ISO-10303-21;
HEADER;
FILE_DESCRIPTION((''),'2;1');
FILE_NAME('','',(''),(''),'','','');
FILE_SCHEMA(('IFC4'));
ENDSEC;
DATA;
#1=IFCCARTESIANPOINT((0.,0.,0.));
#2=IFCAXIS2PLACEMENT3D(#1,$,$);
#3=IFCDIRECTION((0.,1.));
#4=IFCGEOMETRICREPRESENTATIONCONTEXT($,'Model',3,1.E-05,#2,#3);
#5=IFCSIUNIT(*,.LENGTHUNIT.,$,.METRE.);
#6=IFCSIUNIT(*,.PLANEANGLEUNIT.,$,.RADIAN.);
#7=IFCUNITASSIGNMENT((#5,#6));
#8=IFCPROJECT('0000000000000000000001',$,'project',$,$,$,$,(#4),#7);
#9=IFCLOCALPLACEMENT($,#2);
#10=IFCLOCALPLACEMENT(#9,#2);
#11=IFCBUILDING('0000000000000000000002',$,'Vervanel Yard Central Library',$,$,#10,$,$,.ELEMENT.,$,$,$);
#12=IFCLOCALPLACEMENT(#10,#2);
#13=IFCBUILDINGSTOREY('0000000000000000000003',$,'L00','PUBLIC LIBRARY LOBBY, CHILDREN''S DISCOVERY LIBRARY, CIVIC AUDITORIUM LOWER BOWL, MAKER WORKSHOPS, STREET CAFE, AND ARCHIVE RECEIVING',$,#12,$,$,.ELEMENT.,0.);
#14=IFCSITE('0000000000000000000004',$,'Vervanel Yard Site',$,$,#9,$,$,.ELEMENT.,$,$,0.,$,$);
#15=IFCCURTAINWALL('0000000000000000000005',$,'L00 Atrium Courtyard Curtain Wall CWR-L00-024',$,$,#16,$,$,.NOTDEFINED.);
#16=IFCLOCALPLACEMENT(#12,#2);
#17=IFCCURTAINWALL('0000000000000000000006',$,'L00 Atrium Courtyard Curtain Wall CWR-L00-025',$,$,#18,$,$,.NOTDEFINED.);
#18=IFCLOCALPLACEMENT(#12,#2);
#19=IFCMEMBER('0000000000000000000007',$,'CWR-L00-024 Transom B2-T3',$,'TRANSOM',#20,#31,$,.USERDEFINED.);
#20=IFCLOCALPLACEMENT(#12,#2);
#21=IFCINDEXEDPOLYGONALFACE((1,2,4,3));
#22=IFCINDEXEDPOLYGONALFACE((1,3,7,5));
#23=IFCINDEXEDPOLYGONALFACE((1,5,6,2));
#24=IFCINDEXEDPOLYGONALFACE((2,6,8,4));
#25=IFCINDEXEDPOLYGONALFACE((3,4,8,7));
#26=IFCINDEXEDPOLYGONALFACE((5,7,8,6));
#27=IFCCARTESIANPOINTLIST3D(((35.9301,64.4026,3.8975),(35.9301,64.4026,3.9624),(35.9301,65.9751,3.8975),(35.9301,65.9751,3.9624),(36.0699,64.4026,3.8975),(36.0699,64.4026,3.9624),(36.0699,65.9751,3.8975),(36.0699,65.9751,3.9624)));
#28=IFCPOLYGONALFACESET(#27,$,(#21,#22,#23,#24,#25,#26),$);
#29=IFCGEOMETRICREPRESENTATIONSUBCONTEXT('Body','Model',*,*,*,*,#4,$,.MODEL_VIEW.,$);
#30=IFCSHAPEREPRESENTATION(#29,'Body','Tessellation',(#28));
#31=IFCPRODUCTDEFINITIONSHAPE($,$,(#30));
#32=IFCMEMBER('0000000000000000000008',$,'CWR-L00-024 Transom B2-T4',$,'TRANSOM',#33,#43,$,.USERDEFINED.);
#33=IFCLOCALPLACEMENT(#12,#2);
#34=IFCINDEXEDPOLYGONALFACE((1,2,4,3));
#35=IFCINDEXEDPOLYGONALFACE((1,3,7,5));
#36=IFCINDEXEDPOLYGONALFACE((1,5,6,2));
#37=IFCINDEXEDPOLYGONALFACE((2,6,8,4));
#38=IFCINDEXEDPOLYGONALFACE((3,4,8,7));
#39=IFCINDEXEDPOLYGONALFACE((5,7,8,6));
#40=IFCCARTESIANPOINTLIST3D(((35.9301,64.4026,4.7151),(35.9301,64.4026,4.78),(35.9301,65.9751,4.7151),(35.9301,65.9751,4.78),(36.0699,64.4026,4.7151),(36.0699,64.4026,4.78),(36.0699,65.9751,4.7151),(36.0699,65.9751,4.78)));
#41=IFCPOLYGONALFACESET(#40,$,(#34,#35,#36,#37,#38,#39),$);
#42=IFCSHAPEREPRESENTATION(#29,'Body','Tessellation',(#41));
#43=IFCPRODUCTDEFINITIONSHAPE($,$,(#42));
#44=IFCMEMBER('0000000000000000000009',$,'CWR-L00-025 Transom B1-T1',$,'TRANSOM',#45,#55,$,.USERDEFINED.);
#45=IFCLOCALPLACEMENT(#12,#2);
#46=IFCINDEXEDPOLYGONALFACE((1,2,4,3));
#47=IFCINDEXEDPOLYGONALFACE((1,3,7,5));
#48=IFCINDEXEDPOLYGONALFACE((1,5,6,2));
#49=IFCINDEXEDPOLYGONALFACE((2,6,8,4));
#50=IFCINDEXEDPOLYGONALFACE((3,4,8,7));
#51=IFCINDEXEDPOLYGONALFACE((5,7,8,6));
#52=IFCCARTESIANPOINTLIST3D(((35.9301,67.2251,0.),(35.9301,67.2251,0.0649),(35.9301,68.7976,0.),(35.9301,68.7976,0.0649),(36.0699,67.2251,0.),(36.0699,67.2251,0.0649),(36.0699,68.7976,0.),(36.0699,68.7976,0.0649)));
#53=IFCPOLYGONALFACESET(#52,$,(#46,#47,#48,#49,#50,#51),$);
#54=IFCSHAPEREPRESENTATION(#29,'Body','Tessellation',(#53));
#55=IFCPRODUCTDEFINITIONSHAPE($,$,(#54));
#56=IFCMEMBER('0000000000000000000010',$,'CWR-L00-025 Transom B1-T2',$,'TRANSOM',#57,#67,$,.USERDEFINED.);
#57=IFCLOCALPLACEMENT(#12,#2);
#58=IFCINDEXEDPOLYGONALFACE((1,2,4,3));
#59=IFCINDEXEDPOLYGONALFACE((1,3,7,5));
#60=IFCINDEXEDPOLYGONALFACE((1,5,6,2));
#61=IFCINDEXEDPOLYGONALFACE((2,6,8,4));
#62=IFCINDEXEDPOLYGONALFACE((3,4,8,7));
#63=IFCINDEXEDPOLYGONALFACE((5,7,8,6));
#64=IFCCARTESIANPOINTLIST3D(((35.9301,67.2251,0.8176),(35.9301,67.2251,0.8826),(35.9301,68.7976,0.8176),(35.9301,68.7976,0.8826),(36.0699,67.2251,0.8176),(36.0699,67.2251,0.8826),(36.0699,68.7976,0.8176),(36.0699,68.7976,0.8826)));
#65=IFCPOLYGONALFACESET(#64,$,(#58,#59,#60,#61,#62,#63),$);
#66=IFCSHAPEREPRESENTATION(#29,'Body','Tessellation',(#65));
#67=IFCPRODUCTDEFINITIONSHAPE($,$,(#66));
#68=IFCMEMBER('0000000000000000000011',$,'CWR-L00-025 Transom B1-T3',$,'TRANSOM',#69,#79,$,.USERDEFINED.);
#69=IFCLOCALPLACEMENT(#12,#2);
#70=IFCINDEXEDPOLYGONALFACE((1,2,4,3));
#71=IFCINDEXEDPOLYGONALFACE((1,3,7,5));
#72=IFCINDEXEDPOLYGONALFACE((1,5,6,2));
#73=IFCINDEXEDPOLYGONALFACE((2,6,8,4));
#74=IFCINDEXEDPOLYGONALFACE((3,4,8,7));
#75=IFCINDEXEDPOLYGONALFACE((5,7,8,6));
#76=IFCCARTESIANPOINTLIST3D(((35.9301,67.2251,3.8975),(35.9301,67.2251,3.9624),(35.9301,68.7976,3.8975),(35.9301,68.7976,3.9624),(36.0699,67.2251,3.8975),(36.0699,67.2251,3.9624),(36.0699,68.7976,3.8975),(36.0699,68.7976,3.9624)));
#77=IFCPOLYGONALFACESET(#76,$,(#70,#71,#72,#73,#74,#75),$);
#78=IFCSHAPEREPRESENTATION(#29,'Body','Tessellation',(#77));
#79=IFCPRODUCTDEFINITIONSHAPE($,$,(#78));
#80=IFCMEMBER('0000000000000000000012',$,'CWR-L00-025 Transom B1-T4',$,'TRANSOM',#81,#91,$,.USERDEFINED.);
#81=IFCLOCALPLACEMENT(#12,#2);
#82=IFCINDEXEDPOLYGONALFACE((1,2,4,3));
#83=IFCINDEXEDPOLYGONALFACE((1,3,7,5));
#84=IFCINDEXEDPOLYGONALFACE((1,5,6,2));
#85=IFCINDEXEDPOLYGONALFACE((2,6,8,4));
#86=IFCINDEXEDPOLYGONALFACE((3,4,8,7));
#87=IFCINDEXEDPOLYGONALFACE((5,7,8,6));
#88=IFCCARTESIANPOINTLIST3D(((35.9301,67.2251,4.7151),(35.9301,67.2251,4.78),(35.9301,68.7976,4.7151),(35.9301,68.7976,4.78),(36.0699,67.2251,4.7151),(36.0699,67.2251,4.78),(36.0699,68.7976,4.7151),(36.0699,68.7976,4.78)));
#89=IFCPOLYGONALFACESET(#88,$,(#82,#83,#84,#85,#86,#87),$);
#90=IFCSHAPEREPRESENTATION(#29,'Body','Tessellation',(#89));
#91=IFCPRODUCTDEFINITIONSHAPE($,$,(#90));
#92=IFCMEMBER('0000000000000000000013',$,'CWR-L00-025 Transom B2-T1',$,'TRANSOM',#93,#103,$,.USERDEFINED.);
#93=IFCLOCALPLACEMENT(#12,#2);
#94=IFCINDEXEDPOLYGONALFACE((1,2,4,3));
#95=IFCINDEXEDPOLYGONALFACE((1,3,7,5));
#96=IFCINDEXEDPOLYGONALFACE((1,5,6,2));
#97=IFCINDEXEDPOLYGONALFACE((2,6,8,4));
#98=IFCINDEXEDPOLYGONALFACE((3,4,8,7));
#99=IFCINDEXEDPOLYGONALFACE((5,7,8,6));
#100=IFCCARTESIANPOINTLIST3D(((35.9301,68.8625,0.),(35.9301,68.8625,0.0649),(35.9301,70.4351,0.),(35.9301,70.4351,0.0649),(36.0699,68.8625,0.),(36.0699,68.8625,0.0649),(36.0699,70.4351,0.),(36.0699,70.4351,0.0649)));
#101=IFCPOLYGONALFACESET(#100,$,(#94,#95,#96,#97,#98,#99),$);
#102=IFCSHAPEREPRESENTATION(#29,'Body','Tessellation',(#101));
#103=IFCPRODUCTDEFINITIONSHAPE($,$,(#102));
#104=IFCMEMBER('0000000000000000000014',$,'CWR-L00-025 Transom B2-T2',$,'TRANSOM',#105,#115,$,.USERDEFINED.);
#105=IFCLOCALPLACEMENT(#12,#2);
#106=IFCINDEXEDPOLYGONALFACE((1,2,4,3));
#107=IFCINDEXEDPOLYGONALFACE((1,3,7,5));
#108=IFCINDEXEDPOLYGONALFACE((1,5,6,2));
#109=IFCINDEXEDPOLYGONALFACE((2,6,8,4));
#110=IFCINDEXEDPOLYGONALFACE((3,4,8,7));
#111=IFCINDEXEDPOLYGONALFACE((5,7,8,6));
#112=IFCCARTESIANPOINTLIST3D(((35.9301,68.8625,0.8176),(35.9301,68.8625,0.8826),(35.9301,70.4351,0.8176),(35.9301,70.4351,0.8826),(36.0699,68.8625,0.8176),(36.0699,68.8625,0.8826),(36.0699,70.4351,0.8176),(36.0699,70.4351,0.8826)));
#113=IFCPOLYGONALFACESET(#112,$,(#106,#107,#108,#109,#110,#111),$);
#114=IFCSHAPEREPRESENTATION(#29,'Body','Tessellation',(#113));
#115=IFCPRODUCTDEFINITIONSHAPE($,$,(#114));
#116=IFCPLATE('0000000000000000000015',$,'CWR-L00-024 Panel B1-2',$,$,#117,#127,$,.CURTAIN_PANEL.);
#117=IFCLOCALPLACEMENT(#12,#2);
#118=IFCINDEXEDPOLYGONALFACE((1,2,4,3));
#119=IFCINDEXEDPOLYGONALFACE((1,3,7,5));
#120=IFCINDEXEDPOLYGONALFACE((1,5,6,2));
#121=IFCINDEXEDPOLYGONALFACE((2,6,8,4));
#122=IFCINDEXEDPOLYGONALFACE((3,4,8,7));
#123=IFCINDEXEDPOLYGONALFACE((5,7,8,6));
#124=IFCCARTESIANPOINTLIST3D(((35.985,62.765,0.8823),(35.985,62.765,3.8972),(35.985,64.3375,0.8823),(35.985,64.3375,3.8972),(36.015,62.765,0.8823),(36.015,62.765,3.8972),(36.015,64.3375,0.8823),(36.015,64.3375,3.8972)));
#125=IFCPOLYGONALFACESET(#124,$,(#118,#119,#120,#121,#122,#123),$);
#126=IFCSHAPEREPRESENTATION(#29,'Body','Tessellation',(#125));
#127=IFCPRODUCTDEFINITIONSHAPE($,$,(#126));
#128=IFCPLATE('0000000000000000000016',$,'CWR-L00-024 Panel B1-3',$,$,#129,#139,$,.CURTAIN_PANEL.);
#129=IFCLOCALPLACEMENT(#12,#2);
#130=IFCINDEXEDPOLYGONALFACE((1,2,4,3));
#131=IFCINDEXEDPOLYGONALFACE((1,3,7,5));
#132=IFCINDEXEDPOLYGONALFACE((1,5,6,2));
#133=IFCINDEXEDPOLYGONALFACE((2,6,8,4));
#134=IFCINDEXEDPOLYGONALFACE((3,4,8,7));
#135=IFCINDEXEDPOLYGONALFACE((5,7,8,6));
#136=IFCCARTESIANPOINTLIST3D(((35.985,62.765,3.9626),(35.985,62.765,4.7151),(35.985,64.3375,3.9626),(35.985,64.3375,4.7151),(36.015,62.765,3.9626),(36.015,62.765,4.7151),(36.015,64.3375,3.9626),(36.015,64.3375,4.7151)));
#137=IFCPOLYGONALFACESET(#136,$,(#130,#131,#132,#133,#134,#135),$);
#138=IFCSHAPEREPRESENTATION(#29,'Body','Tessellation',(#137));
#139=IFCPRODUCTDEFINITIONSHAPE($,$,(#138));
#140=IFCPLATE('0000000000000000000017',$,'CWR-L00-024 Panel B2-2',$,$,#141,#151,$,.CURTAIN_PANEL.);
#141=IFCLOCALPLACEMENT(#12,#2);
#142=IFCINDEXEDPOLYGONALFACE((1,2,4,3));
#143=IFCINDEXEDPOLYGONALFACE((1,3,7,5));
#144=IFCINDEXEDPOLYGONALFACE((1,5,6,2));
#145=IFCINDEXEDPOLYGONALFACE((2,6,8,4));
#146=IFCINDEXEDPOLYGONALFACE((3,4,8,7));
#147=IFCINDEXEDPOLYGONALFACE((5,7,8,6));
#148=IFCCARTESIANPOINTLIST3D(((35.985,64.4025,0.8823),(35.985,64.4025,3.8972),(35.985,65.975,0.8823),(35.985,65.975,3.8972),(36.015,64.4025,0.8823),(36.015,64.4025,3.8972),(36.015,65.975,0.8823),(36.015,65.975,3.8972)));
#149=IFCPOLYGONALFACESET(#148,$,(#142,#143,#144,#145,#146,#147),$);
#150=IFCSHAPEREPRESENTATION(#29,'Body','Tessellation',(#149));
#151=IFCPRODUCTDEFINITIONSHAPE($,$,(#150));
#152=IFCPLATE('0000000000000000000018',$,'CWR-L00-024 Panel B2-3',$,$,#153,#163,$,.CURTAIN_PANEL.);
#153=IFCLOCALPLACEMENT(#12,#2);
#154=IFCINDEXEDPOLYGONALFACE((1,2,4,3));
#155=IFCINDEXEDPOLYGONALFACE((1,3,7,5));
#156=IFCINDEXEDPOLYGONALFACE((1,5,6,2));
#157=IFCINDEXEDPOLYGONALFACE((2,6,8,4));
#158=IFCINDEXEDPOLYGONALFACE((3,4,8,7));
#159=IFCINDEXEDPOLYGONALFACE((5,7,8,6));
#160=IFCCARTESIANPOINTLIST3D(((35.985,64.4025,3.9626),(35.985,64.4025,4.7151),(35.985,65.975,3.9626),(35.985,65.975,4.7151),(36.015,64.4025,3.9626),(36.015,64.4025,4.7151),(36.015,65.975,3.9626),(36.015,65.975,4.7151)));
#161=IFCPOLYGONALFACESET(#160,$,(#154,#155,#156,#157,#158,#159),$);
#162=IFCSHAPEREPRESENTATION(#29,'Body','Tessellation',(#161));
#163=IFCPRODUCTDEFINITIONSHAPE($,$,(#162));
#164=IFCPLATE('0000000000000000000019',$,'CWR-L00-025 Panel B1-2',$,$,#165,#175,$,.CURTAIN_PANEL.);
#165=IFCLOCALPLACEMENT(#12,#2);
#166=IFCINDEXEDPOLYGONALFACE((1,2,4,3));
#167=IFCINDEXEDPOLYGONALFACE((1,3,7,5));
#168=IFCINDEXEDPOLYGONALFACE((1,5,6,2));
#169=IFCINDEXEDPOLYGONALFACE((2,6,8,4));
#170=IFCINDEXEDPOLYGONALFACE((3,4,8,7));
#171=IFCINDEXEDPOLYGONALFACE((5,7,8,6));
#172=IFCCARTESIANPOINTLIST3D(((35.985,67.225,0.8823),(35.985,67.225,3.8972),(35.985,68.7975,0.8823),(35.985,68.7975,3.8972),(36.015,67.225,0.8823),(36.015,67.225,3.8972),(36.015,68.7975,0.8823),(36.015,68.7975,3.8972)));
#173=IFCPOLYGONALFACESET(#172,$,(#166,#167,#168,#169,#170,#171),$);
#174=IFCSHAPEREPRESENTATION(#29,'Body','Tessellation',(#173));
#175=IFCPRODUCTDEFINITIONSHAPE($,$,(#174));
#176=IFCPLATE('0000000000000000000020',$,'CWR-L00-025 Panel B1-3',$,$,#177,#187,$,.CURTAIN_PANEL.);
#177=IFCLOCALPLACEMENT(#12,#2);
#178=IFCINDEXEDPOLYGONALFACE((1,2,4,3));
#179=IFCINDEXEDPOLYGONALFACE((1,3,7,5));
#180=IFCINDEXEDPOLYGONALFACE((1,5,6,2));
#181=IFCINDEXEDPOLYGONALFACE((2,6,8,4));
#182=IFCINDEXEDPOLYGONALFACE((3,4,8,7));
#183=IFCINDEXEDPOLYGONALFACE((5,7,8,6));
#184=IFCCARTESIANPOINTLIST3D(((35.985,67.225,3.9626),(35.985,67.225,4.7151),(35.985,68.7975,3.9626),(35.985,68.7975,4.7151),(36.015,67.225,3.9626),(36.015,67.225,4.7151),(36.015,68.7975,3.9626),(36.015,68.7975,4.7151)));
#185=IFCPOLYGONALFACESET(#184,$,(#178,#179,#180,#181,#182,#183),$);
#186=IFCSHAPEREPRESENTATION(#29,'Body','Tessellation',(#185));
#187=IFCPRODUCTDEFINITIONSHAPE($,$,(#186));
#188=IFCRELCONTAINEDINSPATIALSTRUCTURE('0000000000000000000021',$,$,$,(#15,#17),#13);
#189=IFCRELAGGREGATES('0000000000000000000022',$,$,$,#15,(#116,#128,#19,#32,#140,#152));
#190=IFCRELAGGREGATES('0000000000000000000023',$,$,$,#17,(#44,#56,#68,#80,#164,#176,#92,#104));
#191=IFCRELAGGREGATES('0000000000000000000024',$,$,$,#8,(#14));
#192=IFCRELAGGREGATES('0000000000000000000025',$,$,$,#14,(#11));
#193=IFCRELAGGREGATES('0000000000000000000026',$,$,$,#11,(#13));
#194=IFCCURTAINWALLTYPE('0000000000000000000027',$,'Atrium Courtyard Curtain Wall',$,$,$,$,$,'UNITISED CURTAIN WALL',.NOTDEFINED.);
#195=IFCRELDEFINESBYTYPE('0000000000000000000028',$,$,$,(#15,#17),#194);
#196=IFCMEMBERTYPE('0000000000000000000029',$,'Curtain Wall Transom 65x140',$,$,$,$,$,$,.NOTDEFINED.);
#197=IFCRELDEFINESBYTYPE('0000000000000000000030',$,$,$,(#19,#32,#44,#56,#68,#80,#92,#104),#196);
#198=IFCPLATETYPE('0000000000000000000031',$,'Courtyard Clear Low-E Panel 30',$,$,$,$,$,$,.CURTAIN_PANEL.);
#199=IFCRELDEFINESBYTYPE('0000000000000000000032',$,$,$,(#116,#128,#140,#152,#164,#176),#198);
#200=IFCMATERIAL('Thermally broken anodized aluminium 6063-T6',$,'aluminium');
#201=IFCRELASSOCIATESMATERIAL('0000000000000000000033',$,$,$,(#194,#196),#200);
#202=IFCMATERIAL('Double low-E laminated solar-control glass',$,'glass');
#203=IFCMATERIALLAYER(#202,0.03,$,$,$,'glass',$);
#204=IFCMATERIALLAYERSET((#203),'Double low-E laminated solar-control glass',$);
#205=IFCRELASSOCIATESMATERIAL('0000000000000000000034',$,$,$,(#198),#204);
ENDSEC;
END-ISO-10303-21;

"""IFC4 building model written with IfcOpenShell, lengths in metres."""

from ifc_helpers import new_model, si_unit, direction, frame, origin, origin_2d, place, context, subcontext, project, spatial, rectangle, extrude, material, layer, layer_set, material_profile, profile_set, type_object, element, aggregate, save


model = new_model("IFC4")

# Units and contexts
model_context = context("Model", 3, precision=1e-05, world=origin(), true_north=direction((0.0, 1.0)))
body_context = subcontext(model_context, "Body", "Model", "MODEL_VIEW")
ifc_project = project(units=[si_unit("LENGTHUNIT", "METRE"), si_unit("PLANEANGLEUNIT", "RADIAN")], contexts=[model_context])

# Site, building, storey
site_placement = place(None, origin())
site = spatial("IfcSite", under=ifc_project, at=site_placement, Name="Vervanel Yard Site", CompositionType="ELEMENT", RefElevation=0.0)
building_placement = place(site_placement, origin())
building = spatial("IfcBuilding", under=site, at=building_placement, Name="Vervanel Yard Central Library", CompositionType="ELEMENT")
storey_placement = place(building_placement, origin())
storey = spatial("IfcBuildingStorey", under=building, at=storey_placement, Name="L00", Description="PUBLIC LIBRARY LOBBY, CHILDREN'S DISCOVERY LIBRARY, CIVIC AUDITORIUM LOWER BOWL, MAKER WORKSHOPS, STREET CAFE, AND ARCHIVE RECEIVING", CompositionType="ELEMENT", Elevation=0.0)

# Curtain walls
ifc_material_1 = material(Name="Thermally broken anodized aluminium 6063-T6", Category="aluminium")
curtain_wall_type = type_object("IfcCurtainWallType", Name="Atrium Courtyard Curtain Wall", ElementType="UNITISED CURTAIN WALL", PredefinedType="NOTDEFINED", material=ifc_material_1)
curtain_wall_1_placement = place(storey_placement, origin())
curtain_wall_1 = element("IfcCurtainWall", 1, at=curtain_wall_1_placement, inside=storey, type_object=curtain_wall_type, Name="L00 Atrium Courtyard Curtain Wall CWR-L00-024", PredefinedType="NOTDEFINED")
curtain_wall_2_placement = place(storey_placement, origin())
curtain_wall_2 = element("IfcCurtainWall", 2, at=curtain_wall_2_placement, inside=storey, type_object=curtain_wall_type, Name="L00 Atrium Courtyard Curtain Wall CWR-L00-025", PredefinedType="NOTDEFINED")

# Members
ifc_material_profile_1 = material_profile(ifc_material_1, rectangle(XDim=0.0649, YDim=0.1399, at=origin_2d()), Name="ALU 65x140", Category="aluminium")
ifc_profile_set_1 = profile_set([ifc_material_profile_1], Name="Thermally broken anodized aluminium 6063-T6")
member_type_1 = type_object("IfcMemberType", Name="Curtain Wall Transom 65x140", PredefinedType="NOTDEFINED", material=ifc_profile_set_1)
member_1_placement = place(storey_placement, frame((36.0, 64.4026, 3.9299), z_axis=(0.0, 1.0, 0.0), x_axis=(0.0, 0.0, 1.0)))
member_1 = element("IfcMember", 3, at=member_1_placement, type_object=member_type_1, Name="CWR-L00-024 Transom B2-T3", ObjectType="TRANSOM", PredefinedType="USERDEFINED", context=body_context, shape_type="SweptSolid", body=[
    extrude(rectangle(XDim=0.0649, YDim=0.1399, at=origin_2d()), origin(), (0.0, 0.0, 1.0), 1.5725),
])
member_2_placement = place(storey_placement, frame((36.0, 64.4026, 4.7476), z_axis=(0.0, 1.0, 0.0), x_axis=(0.0, 0.0, 1.0)))
member_2 = element("IfcMember", 4, at=member_2_placement, type_object=member_type_1, Name="CWR-L00-024 Transom B2-T4", ObjectType="TRANSOM", PredefinedType="USERDEFINED", context=body_context, shape_type="SweptSolid", body=[
    extrude(rectangle(XDim=0.0649, YDim=0.1399, at=origin_2d()), origin(), (0.0, 0.0, 1.0), 1.5725),
])
member_3_placement = place(storey_placement, frame((36.0, 67.2251, 0.0325), z_axis=(0.0, 1.0, 0.0), x_axis=(0.0, 0.0, 1.0)))
member_3 = element("IfcMember", 5, at=member_3_placement, type_object=member_type_1, Name="CWR-L00-025 Transom B1-T1", ObjectType="TRANSOM", PredefinedType="USERDEFINED", context=body_context, shape_type="SweptSolid", body=[
    extrude(rectangle(XDim=0.0649, YDim=0.1399, at=origin_2d()), origin(), (0.0, 0.0, 1.0), 1.5725),
])
member_4_placement = place(storey_placement, frame((36.0, 67.2251, 0.8501), z_axis=(0.0, 1.0, 0.0), x_axis=(0.0, 0.0, 1.0)))
member_4 = element("IfcMember", 6, at=member_4_placement, type_object=member_type_1, Name="CWR-L00-025 Transom B1-T2", ObjectType="TRANSOM", PredefinedType="USERDEFINED", context=body_context, shape_type="SweptSolid", body=[
    extrude(rectangle(XDim=0.0649, YDim=0.1399, at=origin_2d()), origin(), (0.0, 0.0, 1.0), 1.5725),
])
member_5_placement = place(storey_placement, frame((36.0, 67.2251, 3.9299), z_axis=(0.0, 1.0, 0.0), x_axis=(0.0, 0.0, 1.0)))
member_5 = element("IfcMember", 7, at=member_5_placement, type_object=member_type_1, Name="CWR-L00-025 Transom B1-T3", ObjectType="TRANSOM", PredefinedType="USERDEFINED", context=body_context, shape_type="SweptSolid", body=[
    extrude(rectangle(XDim=0.0649, YDim=0.1399, at=origin_2d()), origin(), (0.0, 0.0, 1.0), 1.5725),
])
member_6_placement = place(storey_placement, frame((36.0, 67.2251, 4.7476), z_axis=(0.0, 1.0, 0.0), x_axis=(0.0, 0.0, 1.0)))
member_6 = element("IfcMember", 8, at=member_6_placement, type_object=member_type_1, Name="CWR-L00-025 Transom B1-T4", ObjectType="TRANSOM", PredefinedType="USERDEFINED", context=body_context, shape_type="SweptSolid", body=[
    extrude(rectangle(XDim=0.0649, YDim=0.1399, at=origin_2d()), origin(), (0.0, 0.0, 1.0), 1.5725),
])
member_7_placement = place(storey_placement, frame((36.0, 68.8625, 0.0325), z_axis=(0.0, 1.0, 0.0), x_axis=(0.0, 0.0, 1.0)))
member_7 = element("IfcMember", 9, at=member_7_placement, type_object=member_type_1, Name="CWR-L00-025 Transom B2-T1", ObjectType="TRANSOM", PredefinedType="USERDEFINED", context=body_context, shape_type="SweptSolid", body=[
    extrude(rectangle(XDim=0.0649, YDim=0.1399, at=origin_2d()), origin(), (0.0, 0.0, 1.0), 1.5725),
])
member_8_placement = place(storey_placement, frame((36.0, 68.8625, 0.8501), z_axis=(0.0, 1.0, 0.0), x_axis=(0.0, 0.0, 1.0)))
member_8 = element("IfcMember", 10, at=member_8_placement, type_object=member_type_1, Name="CWR-L00-025 Transom B2-T2", ObjectType="TRANSOM", PredefinedType="USERDEFINED", context=body_context, shape_type="SweptSolid", body=[
    extrude(rectangle(XDim=0.0649, YDim=0.1399, at=origin_2d()), origin(), (0.0, 0.0, 1.0), 1.5725),
])

# Plates
ifc_material_2 = material(Name="Double low-E laminated solar-control glass", Category="glass")
ifc_layer_1 = layer(ifc_material_2, 0.03, Category="glass")
ifc_layer_set_1 = layer_set([ifc_layer_1], Name="Double low-E laminated solar-control glass")
plate_type_1 = type_object("IfcPlateType", Name="Courtyard Clear Low-E Panel 30", PredefinedType="CURTAIN_PANEL", material=ifc_layer_set_1)
plate_1_placement = place(storey_placement, frame((36.0, 63.5513, 0.8823), z_axis=(0.0, 0.0, 1.0), x_axis=(0.0, 1.0, 0.0)))
plate_1 = element("IfcPlate", 11, at=plate_1_placement, type_object=plate_type_1, Name="CWR-L00-024 Panel B1-2", PredefinedType="CURTAIN_PANEL", context=body_context, shape_type="SweptSolid", body=[
    extrude(rectangle(XDim=1.5725, YDim=0.03, at=origin_2d()), origin(), (0.0, 0.0, 1.0), 3.0149),
])
plate_2_placement = place(storey_placement, frame((36.0, 63.5513, 3.9626), z_axis=(0.0, 0.0, 1.0), x_axis=(0.0, 1.0, 0.0)))
plate_2 = element("IfcPlate", 12, at=plate_2_placement, type_object=plate_type_1, Name="CWR-L00-024 Panel B1-3", PredefinedType="CURTAIN_PANEL", context=body_context, shape_type="SweptSolid", body=[
    extrude(rectangle(XDim=1.5725, YDim=0.03, at=origin_2d()), origin(), (0.0, 0.0, 1.0), 0.7524),
])
plate_3_placement = place(storey_placement, frame((36.0, 65.1887, 0.8823), z_axis=(0.0, 0.0, 1.0), x_axis=(0.0, 1.0, 0.0)))
plate_3 = element("IfcPlate", 13, at=plate_3_placement, type_object=plate_type_1, Name="CWR-L00-024 Panel B2-2", PredefinedType="CURTAIN_PANEL", context=body_context, shape_type="SweptSolid", body=[
    extrude(rectangle(XDim=1.5725, YDim=0.03, at=origin_2d()), origin(), (0.0, 0.0, 1.0), 3.0149),
])
plate_4_placement = place(storey_placement, frame((36.0, 65.1887, 3.9626), z_axis=(0.0, 0.0, 1.0), x_axis=(0.0, 1.0, 0.0)))
plate_4 = element("IfcPlate", 14, at=plate_4_placement, type_object=plate_type_1, Name="CWR-L00-024 Panel B2-3", PredefinedType="CURTAIN_PANEL", context=body_context, shape_type="SweptSolid", body=[
    extrude(rectangle(XDim=1.5725, YDim=0.03, at=origin_2d()), origin(), (0.0, 0.0, 1.0), 0.7524),
])
plate_5_placement = place(storey_placement, frame((36.0, 68.0112, 0.8823), z_axis=(0.0, 0.0, 1.0), x_axis=(0.0, 1.0, 0.0)))
plate_5 = element("IfcPlate", 15, at=plate_5_placement, type_object=plate_type_1, Name="CWR-L00-025 Panel B1-2", PredefinedType="CURTAIN_PANEL", context=body_context, shape_type="SweptSolid", body=[
    extrude(rectangle(XDim=1.5725, YDim=0.03, at=origin_2d()), origin(), (0.0, 0.0, 1.0), 3.0149),
])
plate_6_placement = place(storey_placement, frame((36.0, 68.0112, 3.9626), z_axis=(0.0, 0.0, 1.0), x_axis=(0.0, 1.0, 0.0)))
plate_6 = element("IfcPlate", 16, at=plate_6_placement, type_object=plate_type_1, Name="CWR-L00-025 Panel B1-3", PredefinedType="CURTAIN_PANEL", context=body_context, shape_type="SweptSolid", body=[
    extrude(rectangle(XDim=1.5725, YDim=0.03, at=origin_2d()), origin(), (0.0, 0.0, 1.0), 0.7524),
])
aggregate(curtain_wall_1, [plate_1, plate_2, member_1, member_2, plate_3, plate_4])
aggregate(curtain_wall_2, [member_3, member_4, member_5, member_6, plate_5, plate_6, member_7, member_8])

save(model, "model.ifc")
